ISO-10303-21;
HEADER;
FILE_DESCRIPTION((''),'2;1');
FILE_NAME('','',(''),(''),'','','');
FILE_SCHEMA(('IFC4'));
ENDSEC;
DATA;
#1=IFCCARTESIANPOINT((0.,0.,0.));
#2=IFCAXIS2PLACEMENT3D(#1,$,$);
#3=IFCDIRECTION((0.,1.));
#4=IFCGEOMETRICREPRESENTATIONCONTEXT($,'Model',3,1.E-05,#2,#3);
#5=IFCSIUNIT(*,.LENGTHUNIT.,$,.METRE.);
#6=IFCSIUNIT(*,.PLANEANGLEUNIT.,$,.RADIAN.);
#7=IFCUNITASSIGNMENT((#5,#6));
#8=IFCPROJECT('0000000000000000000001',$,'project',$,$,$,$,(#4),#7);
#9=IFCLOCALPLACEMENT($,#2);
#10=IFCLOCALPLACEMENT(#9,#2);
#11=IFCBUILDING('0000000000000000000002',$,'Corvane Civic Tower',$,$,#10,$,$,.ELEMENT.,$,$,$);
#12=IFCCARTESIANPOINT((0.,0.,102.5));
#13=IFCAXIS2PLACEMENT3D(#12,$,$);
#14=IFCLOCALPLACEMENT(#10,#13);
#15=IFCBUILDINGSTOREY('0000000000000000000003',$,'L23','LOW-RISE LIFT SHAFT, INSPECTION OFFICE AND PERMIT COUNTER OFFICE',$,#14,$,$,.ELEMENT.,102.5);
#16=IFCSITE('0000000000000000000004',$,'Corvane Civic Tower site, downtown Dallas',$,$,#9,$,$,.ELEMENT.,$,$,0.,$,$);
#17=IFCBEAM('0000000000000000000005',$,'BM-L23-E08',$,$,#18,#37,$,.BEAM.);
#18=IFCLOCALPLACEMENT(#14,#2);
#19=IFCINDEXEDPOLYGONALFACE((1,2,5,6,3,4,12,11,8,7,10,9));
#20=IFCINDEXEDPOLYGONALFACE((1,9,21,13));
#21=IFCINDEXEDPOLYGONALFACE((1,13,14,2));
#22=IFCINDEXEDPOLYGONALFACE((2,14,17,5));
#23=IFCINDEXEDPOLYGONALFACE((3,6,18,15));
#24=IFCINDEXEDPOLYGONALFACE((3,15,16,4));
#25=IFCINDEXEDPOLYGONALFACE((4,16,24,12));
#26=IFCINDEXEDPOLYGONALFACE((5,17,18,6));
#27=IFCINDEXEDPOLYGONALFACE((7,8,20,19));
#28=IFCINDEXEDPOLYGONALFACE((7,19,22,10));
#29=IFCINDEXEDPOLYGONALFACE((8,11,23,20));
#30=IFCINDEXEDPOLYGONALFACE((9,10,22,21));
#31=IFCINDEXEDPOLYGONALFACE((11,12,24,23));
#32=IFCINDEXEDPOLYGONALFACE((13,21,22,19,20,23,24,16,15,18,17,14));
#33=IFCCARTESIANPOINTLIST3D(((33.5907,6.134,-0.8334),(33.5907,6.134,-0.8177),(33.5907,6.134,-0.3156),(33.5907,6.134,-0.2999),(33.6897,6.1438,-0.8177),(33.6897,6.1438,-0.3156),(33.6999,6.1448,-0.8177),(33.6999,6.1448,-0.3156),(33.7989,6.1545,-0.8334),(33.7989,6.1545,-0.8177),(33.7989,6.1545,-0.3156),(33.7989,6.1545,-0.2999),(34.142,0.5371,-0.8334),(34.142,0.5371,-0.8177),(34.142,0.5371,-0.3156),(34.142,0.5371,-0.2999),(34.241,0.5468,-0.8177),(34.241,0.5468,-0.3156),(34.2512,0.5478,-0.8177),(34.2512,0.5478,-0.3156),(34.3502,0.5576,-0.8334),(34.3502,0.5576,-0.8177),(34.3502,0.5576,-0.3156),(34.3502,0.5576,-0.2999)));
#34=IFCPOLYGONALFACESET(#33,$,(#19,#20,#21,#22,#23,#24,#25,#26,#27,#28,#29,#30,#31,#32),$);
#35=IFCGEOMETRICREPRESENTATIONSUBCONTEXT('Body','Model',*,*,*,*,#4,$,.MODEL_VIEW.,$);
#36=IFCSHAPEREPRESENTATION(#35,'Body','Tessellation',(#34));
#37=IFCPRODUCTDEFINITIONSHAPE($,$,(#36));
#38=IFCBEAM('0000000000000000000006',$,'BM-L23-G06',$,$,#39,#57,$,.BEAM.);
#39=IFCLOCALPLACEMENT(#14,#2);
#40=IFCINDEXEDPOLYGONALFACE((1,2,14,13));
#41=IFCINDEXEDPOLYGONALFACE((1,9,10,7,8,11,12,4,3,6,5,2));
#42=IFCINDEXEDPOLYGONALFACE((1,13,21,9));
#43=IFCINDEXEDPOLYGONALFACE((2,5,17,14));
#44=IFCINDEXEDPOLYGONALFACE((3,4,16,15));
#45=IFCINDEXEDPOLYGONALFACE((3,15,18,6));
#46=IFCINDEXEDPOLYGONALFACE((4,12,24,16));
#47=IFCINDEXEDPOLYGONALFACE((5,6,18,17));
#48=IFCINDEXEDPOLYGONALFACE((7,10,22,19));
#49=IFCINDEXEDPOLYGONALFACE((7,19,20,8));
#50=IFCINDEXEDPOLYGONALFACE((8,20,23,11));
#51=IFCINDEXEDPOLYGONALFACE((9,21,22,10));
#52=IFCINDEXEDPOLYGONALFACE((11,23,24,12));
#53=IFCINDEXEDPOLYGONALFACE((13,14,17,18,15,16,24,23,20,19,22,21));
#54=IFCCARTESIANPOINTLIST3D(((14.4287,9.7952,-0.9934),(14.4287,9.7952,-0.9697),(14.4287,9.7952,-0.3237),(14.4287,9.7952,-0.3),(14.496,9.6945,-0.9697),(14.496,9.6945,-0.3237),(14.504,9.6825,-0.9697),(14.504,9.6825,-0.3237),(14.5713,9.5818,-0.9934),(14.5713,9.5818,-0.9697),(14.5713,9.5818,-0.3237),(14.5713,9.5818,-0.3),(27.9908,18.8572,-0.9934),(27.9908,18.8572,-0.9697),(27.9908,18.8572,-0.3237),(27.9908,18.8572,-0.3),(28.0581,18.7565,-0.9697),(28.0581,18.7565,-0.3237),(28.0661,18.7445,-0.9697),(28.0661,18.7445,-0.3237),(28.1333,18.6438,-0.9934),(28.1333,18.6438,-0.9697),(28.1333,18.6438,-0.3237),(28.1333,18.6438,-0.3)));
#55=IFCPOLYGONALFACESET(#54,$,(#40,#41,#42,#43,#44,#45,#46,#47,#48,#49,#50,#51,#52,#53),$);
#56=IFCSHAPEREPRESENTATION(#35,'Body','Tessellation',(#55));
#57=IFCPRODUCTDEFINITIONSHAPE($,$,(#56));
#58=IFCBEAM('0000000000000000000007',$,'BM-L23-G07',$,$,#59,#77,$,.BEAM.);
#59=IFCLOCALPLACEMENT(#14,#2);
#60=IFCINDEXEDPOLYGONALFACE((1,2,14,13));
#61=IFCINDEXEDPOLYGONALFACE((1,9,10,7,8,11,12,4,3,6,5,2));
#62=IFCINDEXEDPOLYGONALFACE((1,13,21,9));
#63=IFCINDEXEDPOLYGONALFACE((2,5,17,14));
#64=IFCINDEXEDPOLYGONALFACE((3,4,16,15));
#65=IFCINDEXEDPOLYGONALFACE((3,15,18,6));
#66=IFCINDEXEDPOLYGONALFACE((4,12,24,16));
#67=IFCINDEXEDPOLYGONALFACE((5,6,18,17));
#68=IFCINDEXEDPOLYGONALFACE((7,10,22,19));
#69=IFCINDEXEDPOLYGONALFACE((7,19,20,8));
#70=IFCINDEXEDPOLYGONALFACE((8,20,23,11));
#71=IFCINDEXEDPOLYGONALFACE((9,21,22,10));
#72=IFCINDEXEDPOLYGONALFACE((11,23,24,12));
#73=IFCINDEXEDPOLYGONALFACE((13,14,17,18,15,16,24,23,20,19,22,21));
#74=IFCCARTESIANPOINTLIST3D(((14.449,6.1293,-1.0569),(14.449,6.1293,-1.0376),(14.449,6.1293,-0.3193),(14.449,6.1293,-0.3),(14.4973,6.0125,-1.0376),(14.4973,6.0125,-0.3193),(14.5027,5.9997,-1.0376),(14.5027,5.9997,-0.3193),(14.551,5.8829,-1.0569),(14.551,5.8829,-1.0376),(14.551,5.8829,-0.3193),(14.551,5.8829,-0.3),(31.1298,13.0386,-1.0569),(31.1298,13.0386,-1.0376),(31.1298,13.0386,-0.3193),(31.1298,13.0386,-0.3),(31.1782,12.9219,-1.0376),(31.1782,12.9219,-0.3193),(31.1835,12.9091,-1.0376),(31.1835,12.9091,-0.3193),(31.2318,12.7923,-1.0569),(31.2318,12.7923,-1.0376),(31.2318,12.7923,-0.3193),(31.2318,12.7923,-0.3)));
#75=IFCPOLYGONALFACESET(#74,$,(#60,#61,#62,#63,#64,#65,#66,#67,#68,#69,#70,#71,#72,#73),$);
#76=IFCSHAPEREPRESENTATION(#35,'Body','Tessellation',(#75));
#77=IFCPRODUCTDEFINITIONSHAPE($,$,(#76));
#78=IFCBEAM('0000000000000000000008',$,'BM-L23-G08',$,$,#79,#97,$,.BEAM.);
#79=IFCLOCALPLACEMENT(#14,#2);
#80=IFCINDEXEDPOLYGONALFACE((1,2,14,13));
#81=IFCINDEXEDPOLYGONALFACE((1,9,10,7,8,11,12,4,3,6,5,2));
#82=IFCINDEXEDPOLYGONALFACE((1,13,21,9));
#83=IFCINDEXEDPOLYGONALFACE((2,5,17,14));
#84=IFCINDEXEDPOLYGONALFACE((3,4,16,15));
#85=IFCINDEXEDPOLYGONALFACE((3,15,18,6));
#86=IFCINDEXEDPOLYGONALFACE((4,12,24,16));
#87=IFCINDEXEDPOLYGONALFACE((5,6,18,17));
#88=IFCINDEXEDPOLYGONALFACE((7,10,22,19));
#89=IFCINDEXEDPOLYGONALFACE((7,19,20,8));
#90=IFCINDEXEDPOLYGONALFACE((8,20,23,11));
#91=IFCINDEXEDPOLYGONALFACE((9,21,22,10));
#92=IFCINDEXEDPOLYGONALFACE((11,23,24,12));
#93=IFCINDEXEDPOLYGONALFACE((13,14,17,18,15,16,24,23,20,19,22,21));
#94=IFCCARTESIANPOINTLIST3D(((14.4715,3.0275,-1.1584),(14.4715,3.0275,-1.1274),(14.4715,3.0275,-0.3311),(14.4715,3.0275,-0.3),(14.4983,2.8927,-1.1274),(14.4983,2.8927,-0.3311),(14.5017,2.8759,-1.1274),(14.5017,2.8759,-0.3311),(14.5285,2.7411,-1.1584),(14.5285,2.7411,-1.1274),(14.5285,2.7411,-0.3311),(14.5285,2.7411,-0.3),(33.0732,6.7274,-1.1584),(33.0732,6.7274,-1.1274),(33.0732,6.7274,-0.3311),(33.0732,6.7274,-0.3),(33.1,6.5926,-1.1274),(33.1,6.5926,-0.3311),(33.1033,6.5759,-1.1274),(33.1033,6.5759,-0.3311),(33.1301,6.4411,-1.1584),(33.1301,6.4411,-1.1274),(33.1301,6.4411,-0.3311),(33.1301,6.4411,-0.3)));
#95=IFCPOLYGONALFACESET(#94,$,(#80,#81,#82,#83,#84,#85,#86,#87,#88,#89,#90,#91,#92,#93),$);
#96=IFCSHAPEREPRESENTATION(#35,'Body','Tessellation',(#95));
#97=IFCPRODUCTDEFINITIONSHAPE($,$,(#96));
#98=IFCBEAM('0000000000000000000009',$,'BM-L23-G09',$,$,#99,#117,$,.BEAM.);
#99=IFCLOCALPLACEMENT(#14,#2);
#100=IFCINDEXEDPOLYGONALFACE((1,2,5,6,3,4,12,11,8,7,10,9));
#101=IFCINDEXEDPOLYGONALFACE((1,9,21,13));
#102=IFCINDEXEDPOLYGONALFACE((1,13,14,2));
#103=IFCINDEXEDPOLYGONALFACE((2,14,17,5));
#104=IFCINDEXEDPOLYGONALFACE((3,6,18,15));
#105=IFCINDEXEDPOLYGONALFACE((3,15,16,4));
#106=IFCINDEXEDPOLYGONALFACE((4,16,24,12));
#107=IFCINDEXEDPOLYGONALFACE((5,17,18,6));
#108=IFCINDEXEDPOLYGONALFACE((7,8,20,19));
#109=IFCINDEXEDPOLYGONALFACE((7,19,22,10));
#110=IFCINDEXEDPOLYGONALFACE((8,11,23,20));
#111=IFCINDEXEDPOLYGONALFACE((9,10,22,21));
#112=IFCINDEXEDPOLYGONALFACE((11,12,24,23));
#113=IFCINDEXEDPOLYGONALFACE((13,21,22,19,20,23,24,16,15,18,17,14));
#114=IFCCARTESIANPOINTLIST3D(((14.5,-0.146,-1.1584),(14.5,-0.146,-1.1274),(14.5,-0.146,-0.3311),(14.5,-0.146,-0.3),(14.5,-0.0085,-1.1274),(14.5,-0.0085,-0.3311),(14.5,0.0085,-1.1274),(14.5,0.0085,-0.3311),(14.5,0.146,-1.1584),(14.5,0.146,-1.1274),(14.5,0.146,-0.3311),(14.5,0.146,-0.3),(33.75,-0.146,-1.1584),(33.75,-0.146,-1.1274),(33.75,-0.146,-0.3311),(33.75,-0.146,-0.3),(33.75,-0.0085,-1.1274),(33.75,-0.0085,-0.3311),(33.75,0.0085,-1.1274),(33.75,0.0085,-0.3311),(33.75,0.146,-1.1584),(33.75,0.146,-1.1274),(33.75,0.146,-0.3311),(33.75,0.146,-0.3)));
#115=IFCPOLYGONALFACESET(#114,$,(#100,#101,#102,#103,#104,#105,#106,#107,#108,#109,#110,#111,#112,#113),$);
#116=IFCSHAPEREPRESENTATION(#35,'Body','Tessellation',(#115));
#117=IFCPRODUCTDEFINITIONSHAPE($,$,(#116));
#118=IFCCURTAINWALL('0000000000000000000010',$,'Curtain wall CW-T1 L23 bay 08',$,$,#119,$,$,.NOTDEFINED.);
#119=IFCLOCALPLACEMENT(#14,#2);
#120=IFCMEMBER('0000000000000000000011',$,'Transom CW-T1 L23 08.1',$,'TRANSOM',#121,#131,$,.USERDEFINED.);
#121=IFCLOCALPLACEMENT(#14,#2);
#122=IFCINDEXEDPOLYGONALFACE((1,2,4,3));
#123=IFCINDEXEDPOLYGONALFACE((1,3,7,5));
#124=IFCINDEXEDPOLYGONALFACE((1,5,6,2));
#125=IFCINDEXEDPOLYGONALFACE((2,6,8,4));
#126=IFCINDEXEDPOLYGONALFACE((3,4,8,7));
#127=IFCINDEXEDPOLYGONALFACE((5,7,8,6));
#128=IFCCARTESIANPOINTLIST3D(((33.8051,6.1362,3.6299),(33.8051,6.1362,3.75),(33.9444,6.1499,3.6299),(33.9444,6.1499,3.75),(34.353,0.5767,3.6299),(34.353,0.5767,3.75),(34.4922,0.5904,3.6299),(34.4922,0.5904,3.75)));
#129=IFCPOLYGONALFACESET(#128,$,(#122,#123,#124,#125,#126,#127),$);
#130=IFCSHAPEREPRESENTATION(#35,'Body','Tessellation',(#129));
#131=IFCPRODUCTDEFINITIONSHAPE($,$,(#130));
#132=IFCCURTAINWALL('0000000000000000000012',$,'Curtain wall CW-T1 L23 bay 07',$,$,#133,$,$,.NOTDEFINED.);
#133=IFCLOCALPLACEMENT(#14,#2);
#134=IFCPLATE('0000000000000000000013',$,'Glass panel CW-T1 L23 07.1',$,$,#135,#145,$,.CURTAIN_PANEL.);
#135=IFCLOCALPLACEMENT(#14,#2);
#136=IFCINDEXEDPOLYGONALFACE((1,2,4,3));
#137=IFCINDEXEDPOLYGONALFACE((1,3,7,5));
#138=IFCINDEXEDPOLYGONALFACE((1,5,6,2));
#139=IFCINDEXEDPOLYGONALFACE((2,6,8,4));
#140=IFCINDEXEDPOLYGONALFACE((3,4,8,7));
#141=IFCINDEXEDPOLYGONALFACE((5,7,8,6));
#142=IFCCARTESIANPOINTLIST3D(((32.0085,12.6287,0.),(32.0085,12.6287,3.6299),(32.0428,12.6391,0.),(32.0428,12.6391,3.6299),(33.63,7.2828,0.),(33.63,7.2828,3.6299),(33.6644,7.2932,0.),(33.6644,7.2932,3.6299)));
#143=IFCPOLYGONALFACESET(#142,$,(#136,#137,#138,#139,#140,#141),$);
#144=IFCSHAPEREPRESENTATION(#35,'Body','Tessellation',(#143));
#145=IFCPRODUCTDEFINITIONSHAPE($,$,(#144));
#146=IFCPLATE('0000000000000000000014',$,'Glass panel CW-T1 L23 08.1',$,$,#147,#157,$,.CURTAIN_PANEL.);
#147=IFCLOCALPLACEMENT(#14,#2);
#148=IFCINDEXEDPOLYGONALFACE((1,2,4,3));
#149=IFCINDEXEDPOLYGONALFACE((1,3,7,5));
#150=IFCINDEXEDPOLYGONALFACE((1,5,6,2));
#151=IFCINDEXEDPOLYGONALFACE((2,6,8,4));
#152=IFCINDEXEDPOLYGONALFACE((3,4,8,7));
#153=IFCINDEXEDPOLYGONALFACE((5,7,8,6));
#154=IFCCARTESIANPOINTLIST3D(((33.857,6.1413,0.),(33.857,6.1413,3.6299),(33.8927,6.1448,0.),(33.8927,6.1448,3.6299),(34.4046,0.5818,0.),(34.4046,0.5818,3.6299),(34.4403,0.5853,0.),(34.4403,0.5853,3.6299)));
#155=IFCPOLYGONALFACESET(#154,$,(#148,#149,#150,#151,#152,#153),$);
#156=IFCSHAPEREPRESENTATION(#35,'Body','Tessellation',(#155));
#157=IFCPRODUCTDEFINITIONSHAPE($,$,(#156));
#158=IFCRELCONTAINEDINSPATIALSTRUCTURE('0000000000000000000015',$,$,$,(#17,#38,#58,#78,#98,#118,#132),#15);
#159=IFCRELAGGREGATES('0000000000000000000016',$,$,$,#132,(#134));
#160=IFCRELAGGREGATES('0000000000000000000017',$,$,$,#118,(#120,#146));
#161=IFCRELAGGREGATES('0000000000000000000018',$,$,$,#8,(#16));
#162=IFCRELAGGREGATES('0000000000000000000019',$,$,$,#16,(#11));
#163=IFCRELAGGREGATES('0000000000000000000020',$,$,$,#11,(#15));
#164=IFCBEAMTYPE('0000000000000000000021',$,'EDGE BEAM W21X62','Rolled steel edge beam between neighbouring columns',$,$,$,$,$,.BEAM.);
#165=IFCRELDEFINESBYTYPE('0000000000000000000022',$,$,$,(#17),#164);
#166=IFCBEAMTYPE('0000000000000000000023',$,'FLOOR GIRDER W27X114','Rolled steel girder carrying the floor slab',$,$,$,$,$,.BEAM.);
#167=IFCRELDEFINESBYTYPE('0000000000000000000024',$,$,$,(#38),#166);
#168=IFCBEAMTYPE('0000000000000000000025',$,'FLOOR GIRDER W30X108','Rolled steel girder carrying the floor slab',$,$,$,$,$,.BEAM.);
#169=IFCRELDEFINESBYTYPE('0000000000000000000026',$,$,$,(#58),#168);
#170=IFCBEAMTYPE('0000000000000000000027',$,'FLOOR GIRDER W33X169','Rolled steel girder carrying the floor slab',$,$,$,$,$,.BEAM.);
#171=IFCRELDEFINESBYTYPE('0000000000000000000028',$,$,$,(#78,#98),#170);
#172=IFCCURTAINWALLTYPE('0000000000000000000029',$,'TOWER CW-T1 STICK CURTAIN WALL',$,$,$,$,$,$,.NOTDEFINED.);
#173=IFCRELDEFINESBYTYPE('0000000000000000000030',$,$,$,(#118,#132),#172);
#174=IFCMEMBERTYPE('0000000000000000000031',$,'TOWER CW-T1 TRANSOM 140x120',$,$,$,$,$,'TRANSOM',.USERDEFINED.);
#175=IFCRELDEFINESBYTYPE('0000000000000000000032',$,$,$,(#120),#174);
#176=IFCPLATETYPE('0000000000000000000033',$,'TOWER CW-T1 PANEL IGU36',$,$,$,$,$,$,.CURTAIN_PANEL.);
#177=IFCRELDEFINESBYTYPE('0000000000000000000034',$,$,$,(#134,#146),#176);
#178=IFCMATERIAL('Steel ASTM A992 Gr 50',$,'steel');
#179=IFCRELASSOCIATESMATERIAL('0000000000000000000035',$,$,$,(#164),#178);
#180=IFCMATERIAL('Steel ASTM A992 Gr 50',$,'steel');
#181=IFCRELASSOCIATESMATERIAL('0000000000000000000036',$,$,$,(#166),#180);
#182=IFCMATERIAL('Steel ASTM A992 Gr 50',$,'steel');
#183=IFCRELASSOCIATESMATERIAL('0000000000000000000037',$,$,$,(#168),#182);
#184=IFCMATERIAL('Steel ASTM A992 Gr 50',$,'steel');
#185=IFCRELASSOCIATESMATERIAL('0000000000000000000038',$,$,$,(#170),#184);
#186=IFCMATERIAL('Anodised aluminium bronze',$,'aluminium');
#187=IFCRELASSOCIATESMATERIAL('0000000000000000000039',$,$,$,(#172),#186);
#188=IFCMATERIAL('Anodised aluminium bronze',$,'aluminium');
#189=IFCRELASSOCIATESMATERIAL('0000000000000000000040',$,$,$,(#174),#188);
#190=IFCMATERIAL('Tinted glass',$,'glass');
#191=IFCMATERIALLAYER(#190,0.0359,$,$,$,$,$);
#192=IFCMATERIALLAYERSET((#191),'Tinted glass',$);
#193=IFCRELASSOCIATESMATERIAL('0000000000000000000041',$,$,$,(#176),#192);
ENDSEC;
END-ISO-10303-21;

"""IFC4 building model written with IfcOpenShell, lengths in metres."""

from ifc_helpers import new_model, si_unit, direction, frame, origin, origin_2d, place, context, subcontext, project, spatial, rectangle, i_section, extrude, material, layer, layer_set, material_profile, profile_set, type_object, element, aggregate, save


model = new_model("IFC4")

# Units and contexts
model_context = context("Model", 3, precision=1e-05, world=origin(), true_north=direction((0.0, 1.0)))
body_context = subcontext(model_context, "Body", "Model", "MODEL_VIEW")
ifc_project = project(units=[si_unit("LENGTHUNIT", "METRE"), si_unit("PLANEANGLEUNIT", "RADIAN")], contexts=[model_context])

# Site, building, storey
site_placement = place(None, origin())
site = spatial("IfcSite", under=ifc_project, at=site_placement, Name="Corvane Civic Tower site, downtown Dallas", CompositionType="ELEMENT", RefElevation=0.0)
building_placement = place(site_placement, origin())
building = spatial("IfcBuilding", under=site, at=building_placement, Name="Corvane Civic Tower", CompositionType="ELEMENT")
storey_placement = place(building_placement, frame((0.0, 0.0, 102.5)))
storey = spatial("IfcBuildingStorey", under=building, at=storey_placement, Name="L23", Description="LOW-RISE LIFT SHAFT, INSPECTION OFFICE AND PERMIT COUNTER OFFICE", CompositionType="ELEMENT", Elevation=102.5)

# Beams
ifc_material_1 = material(Name="Steel ASTM A992 Gr 50", Category="steel")
ifc_material_profile_1 = material_profile(ifc_material_1, i_section(OverallWidth=0.2092, OverallDepth=0.5334, WebThickness=0.0103, FlangeThickness=0.0156, at=origin_2d()), Name="W21X62")
ifc_profile_set_1 = profile_set([ifc_material_profile_1], Name="Steel ASTM A992 Gr 50")
beam_type_1 = type_object("IfcBeamType", Name="EDGE BEAM W21X62", Description="Rolled steel edge beam between neighbouring columns", PredefinedType="BEAM", material=ifc_profile_set_1)
beam_1_placement = place(storey_placement, frame((33.6948, 6.1443, -0.5667), z_axis=(0.098021, -0.995184, 0.0), x_axis=(0.995184, 0.098021, 0.0)))
element("IfcBeam", 1, at=beam_1_placement, inside=storey, type_object=beam_type_1, Name="BM-L23-E08", PredefinedType="BEAM", context=body_context, shape_type="SweptSolid", body=[
    extrude(i_section(OverallWidth=0.2092, OverallDepth=0.5334, WebThickness=0.0103, FlangeThickness=0.0156, at=origin_2d()), origin(), (0.0, 0.0, 1.0), 5.624),
])
ifc_material_2 = material(Name="Steel ASTM A992 Gr 50", Category="steel")
ifc_material_profile_2 = material_profile(ifc_material_2, i_section(OverallWidth=0.2566, OverallDepth=0.6934, WebThickness=0.0144, FlangeThickness=0.0237, at=origin_2d()), Name="W27X114")
ifc_profile_set_2 = profile_set([ifc_material_profile_2], Name="Steel ASTM A992 Gr 50")
beam_type_2 = type_object("IfcBeamType", Name="FLOOR GIRDER W27X114", Description="Rolled steel girder carrying the floor slab", PredefinedType="BEAM", material=ifc_profile_set_2)
beam_2_placement = place(storey_placement, frame((14.5, 9.6885, -0.6467), z_axis=(0.831465, 0.555577, 0.0), x_axis=(-0.555577, 0.831465, 0.0)))
element("IfcBeam", 2, at=beam_2_placement, inside=storey, type_object=beam_type_2, Name="BM-L23-G06", PredefinedType="BEAM", context=body_context, shape_type="SweptSolid", body=[
    extrude(i_section(OverallWidth=0.2566, OverallDepth=0.6934, WebThickness=0.0144, FlangeThickness=0.0237, at=origin_2d()), origin(), (0.0, 0.0, 1.0), 16.311),
])
ifc_material_3 = material(Name="Steel ASTM A992 Gr 50", Category="steel")
ifc_material_profile_3 = material_profile(ifc_material_3, i_section(OverallWidth=0.2666, OverallDepth=0.7568, WebThickness=0.0139, FlangeThickness=0.0193, at=origin_2d()), Name="W30X108")
ifc_profile_set_3 = profile_set([ifc_material_profile_3], Name="Steel ASTM A992 Gr 50")
beam_type_3 = type_object("IfcBeamType", Name="FLOOR GIRDER W30X108", Description="Rolled steel girder carrying the floor slab", PredefinedType="BEAM", material=ifc_profile_set_3)
beam_3_placement = place(storey_placement, frame((14.5, 6.0061, -0.6785), z_axis=(0.92388, 0.382682, 0.0), x_axis=(-0.382682, 0.92388, 0.0)))
element("IfcBeam", 3, at=beam_3_placement, inside=storey, type_object=beam_type_3, Name="BM-L23-G07", PredefinedType="BEAM", context=body_context, shape_type="SweptSolid", body=[
    extrude(i_section(OverallWidth=0.2666, OverallDepth=0.7568, WebThickness=0.0139, FlangeThickness=0.0193, at=origin_2d()), origin(), (0.0, 0.0, 1.0), 18.0552),
])
ifc_material_4 = material(Name="Steel ASTM A992 Gr 50", Category="steel")
ifc_material_profile_4 = material_profile(ifc_material_4, i_section(OverallWidth=0.292, OverallDepth=0.8584, WebThickness=0.0171, FlangeThickness=0.031, at=origin_2d()), Name="W33X169")
ifc_profile_set_4 = profile_set([ifc_material_profile_4], Name="Steel ASTM A992 Gr 50")
beam_type_4 = type_object("IfcBeamType", Name="FLOOR GIRDER W33X169", Description="Rolled steel girder carrying the floor slab", PredefinedType="BEAM", material=ifc_profile_set_4)
beam_4_placement = place(storey_placement, frame((14.5, 2.8843, -0.7292), z_axis=(0.980787, 0.195084, 0.0), x_axis=(-0.195084, 0.980787, 0.0)))
element("IfcBeam", 4, at=beam_4_placement, inside=storey, type_object=beam_type_4, Name="BM-L23-G08", PredefinedType="BEAM", context=body_context, shape_type="SweptSolid", body=[
    extrude(i_section(OverallWidth=0.292, OverallDepth=0.8584, WebThickness=0.0171, FlangeThickness=0.031, at=origin_2d()), origin(), (0.0, 0.0, 1.0), 18.9661),
])
beam_5_placement = place(storey_placement, frame((14.5, 0.0, -0.7292), z_axis=(1.0, 0.0, 0.0), x_axis=(0.0, 1.0, 0.0)))
element("IfcBeam", 5, at=beam_5_placement, inside=storey, type_object=beam_type_4, Name="BM-L23-G09", PredefinedType="BEAM", context=body_context, shape_type="SweptSolid", body=[
    extrude(i_section(OverallWidth=0.292, OverallDepth=0.8584, WebThickness=0.0171, FlangeThickness=0.031, at=origin_2d()), origin(), (0.0, 0.0, 1.0), 19.25),
])

# Curtain wall, member
ifc_material_5 = material(Name="Anodised aluminium bronze", Category="aluminium")
curtain_wall_type = type_object("IfcCurtainWallType", Name="TOWER CW-T1 STICK CURTAIN WALL", PredefinedType="NOTDEFINED", material=ifc_material_5)
curtain_wall_1_placement = place(storey_placement, origin())
curtain_wall_1 = element("IfcCurtainWall", 6, at=curtain_wall_1_placement, inside=storey, type_object=curtain_wall_type, Name="Curtain wall CW-T1 L23 bay 08", PredefinedType="NOTDEFINED")
ifc_material_6 = material(Name="Anodised aluminium bronze", Category="aluminium")
ifc_material_profile_5 = material_profile(ifc_material_6, rectangle(XDim=0.1399, YDim=0.1201, at=origin_2d()), Name="TOWER CW-T1 TRANSOM 140x120")
ifc_profile_set_5 = profile_set([ifc_material_profile_5], Name="Anodised aluminium bronze")
member_type = type_object("IfcMemberType", Name="TOWER CW-T1 TRANSOM 140x120", ElementType="TRANSOM", PredefinedType="USERDEFINED", material=ifc_profile_set_5)
member_placement = place(storey_placement, frame((33.8748, 6.1431, 3.6899), z_axis=(0.098067, -0.99518, 0.0), x_axis=(0.99518, 0.098067, 0.0)))
member = element("IfcMember", 7, at=member_placement, type_object=member_type, Name="Transom CW-T1 L23 08.1", ObjectType="TRANSOM", PredefinedType="USERDEFINED", context=body_context, shape_type="SweptSolid", body=[
    extrude(rectangle(XDim=0.1399, YDim=0.1201, at=origin_2d()), origin(), (0.0, 0.0, 1.0), 5.5864),
])

# Curtain wall, plate
curtain_wall_2_placement = place(storey_placement, origin())
curtain_wall_2 = element("IfcCurtainWall", 8, at=curtain_wall_2_placement, inside=storey, type_object=curtain_wall_type, Name="Curtain wall CW-T1 L23 bay 07", PredefinedType="NOTDEFINED")
ifc_material_7 = material(Name="Tinted glass", Category="glass")
ifc_layer_1 = layer(ifc_material_7, 0.0359)
ifc_layer_set_1 = layer_set([ifc_layer_1], Name="Tinted glass")
plate_type = type_object("IfcPlateType", Name="TOWER CW-T1 PANEL IGU36", PredefinedType="CURTAIN_PANEL", material=ifc_layer_set_1)
plate_1_placement = place(storey_placement, frame((32.8364, 9.9609, 0.0), z_axis=(0.0, 0.0, 1.0), x_axis=(0.290266, -0.956946, 0.0)))
plate_1 = element("IfcPlate", 9, at=plate_1_placement, type_object=plate_type, Name="Glass panel CW-T1 L23 07.1", PredefinedType="CURTAIN_PANEL", context=body_context, shape_type="SweptSolid", body=[
    extrude(rectangle(XDim=5.5864, YDim=0.0359, at=origin_2d()), origin(), (0.0, 0.0, 1.0), 3.6299),
])
aggregate(curtain_wall_2, [plate_1])

# Plate
plate_2_placement = place(storey_placement, frame((34.1487, 3.3633, 0.0), z_axis=(0.0, 0.0, 1.0), x_axis=(0.098027, -0.995184, 0.0)))
plate_2 = element("IfcPlate", 10, at=plate_2_placement, type_object=plate_type, Name="Glass panel CW-T1 L23 08.1", PredefinedType="CURTAIN_PANEL", context=body_context, shape_type="SweptSolid", body=[
    extrude(rectangle(XDim=5.5864, YDim=0.0359, at=origin_2d()), origin(), (0.0, 0.0, 1.0), 3.6299),
])
aggregate(curtain_wall_1, [member, plate_2])

save(model, "model.ifc")
